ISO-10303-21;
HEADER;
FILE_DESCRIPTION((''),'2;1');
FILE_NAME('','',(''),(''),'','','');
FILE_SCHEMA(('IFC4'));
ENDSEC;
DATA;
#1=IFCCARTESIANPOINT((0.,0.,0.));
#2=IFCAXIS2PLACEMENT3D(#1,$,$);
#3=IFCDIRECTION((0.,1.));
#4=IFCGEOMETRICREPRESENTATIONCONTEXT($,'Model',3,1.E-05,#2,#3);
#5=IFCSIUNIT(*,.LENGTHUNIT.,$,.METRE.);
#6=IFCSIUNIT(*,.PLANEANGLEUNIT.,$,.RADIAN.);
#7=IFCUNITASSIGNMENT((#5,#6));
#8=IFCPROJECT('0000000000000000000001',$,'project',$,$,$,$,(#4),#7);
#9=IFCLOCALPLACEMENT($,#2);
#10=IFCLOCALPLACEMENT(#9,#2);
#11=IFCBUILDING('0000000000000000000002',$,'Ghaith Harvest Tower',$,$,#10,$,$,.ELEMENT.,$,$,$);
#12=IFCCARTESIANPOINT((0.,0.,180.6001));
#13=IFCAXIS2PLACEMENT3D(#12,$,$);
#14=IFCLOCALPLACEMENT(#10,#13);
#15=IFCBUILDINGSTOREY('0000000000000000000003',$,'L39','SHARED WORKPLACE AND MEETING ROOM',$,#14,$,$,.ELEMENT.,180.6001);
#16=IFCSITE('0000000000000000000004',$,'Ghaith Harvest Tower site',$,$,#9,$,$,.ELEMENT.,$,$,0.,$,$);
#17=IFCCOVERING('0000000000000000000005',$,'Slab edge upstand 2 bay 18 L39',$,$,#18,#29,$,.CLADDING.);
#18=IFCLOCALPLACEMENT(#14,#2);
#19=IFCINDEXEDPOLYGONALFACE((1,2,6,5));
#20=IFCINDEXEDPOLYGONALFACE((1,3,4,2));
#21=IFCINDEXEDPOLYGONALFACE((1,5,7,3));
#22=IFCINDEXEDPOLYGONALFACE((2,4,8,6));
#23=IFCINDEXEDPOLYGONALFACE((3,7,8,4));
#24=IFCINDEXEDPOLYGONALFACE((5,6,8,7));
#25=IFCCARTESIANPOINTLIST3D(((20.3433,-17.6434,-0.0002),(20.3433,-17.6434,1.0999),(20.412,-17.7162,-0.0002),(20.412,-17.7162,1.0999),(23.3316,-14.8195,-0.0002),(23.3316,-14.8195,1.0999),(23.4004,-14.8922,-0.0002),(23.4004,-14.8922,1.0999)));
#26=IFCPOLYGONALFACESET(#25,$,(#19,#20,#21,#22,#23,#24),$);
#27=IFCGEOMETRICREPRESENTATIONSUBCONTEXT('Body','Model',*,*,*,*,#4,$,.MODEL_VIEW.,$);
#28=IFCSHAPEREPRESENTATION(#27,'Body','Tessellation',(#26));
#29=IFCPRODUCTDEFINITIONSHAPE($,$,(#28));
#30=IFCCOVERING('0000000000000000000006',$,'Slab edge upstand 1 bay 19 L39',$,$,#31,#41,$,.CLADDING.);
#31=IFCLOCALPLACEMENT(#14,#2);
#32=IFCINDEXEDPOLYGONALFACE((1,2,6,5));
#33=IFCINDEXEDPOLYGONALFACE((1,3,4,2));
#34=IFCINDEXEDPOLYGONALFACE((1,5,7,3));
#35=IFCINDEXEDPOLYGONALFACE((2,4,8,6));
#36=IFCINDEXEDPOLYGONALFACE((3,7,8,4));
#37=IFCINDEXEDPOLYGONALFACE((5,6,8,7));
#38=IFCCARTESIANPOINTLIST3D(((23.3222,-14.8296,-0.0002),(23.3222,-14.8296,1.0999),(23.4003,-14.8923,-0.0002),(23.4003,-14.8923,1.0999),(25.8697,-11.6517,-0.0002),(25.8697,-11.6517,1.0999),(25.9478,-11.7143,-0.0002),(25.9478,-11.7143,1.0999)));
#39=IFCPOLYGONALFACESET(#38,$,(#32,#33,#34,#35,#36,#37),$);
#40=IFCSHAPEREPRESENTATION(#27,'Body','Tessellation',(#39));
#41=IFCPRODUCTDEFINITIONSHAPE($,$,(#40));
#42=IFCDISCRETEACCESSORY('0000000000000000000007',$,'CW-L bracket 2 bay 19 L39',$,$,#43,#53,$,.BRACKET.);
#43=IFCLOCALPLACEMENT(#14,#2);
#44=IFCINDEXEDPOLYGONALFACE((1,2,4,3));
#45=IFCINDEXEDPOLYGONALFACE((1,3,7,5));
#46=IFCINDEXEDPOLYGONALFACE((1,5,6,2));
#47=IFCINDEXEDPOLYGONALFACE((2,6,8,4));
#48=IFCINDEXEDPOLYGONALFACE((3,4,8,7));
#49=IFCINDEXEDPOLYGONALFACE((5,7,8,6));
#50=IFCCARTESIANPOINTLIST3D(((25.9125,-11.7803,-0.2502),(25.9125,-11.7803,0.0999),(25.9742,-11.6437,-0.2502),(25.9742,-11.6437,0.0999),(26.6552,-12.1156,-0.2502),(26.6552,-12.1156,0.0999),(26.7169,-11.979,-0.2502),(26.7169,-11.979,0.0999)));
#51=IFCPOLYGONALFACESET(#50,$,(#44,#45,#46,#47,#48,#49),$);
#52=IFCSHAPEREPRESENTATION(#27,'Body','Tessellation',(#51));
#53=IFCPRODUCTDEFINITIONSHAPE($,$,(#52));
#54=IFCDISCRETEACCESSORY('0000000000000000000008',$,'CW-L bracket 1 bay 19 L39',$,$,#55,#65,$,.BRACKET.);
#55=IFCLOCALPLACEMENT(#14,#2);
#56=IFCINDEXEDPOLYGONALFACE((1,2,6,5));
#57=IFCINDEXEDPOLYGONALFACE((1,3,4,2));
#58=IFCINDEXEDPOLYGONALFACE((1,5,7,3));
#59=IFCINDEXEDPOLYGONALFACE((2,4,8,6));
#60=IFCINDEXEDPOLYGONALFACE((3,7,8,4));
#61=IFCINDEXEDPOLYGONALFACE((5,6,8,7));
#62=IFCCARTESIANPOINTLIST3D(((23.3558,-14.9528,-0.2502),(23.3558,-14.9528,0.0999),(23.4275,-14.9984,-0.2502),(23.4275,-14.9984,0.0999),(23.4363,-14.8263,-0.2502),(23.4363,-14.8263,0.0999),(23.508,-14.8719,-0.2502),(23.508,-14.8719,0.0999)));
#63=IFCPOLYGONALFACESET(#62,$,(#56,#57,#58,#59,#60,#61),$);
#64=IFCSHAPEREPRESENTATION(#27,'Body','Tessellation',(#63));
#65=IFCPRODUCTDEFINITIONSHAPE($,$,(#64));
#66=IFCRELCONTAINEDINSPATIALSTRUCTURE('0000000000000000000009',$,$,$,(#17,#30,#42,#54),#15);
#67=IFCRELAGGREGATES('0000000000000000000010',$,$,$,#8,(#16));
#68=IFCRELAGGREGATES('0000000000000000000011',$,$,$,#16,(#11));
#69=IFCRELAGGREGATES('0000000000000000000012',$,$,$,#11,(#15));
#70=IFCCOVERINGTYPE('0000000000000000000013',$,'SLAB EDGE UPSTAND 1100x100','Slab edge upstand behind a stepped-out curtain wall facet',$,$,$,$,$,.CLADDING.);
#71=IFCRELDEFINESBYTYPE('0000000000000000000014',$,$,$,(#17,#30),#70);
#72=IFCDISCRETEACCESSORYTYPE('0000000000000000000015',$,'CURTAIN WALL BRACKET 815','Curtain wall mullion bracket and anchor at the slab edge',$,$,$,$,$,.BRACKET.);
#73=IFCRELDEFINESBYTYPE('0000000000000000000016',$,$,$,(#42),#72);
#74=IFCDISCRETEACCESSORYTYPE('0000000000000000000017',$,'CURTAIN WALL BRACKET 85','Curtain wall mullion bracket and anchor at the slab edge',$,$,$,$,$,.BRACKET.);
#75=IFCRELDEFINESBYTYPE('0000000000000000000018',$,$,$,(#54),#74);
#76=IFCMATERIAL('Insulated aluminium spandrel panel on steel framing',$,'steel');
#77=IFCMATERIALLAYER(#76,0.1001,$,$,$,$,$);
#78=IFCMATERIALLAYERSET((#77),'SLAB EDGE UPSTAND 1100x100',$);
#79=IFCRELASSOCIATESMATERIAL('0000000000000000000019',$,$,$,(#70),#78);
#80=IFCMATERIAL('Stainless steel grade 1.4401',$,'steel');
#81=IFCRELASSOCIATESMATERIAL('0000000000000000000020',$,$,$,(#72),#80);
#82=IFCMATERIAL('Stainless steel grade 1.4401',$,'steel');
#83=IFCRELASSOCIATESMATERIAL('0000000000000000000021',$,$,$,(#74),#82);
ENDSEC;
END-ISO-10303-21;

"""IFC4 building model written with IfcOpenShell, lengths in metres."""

from ifc_helpers import new_model, si_unit, direction, frame, origin, origin_2d, place, context, subcontext, project, spatial, rectangle, extrude, material, layer, layer_set, type_object, element, save


model = new_model("IFC4")

# Units and contexts
model_context = context("Model", 3, precision=1e-05, world=origin(), true_north=direction((0.0, 1.0)))
body_context = subcontext(model_context, "Body", "Model", "MODEL_VIEW")
ifc_project = project(units=[si_unit("LENGTHUNIT", "METRE"), si_unit("PLANEANGLEUNIT", "RADIAN")], contexts=[model_context])

# Site, building, storey
site_placement = place(None, origin())
site = spatial("IfcSite", under=ifc_project, at=site_placement, Name="Ghaith Harvest Tower site", CompositionType="ELEMENT", RefElevation=0.0)
building_placement = place(site_placement, origin())
building = spatial("IfcBuilding", under=site, at=building_placement, Name="Ghaith Harvest Tower", CompositionType="ELEMENT")
storey_placement = place(building_placement, frame((0.0, 0.0, 180.6001)))
storey = spatial("IfcBuildingStorey", under=building, at=storey_placement, Name="L39", Description="SHARED WORKPLACE AND MEETING ROOM", CompositionType="ELEMENT", Elevation=180.6001)

# Coverings
ifc_material_1 = material(Name="Insulated aluminium spandrel panel on steel framing", Category="steel")
ifc_layer_1 = layer(ifc_material_1, 0.1001)
ifc_layer_set_1 = layer_set([ifc_layer_1], Name="SLAB EDGE UPSTAND 1100x100")
covering_type = type_object("IfcCoveringType", Name="SLAB EDGE UPSTAND 1100x100", Description="Slab edge upstand behind a stepped-out curtain wall facet", PredefinedType="CLADDING", material=ifc_layer_set_1)
covering_1_placement = place(storey_placement, frame((21.8718, -16.2678, -0.0002), z_axis=(0.0, 0.0, 1.0), x_axis=(0.72681, 0.686839, 0.0)))
element("IfcCovering", 1, at=covering_1_placement, inside=storey, type_object=covering_type, Name="Slab edge upstand 2 bay 18 L39", PredefinedType="CLADDING", context=body_context, shape_type="SweptSolid", body=[
    extrude(rectangle(XDim=4.1116, YDim=0.1001, at=origin_2d()), origin(), (0.0, 0.0, 1.0), 1.1001),
])
covering_2_placement = place(storey_placement, frame((24.635, -13.272, -0.0002), z_axis=(0.0, 0.0, 1.0), x_axis=(0.625468, 0.78025, 0.0)))
element("IfcCovering", 2, at=covering_2_placement, inside=storey, type_object=covering_type, Name="Slab edge upstand 1 bay 19 L39", PredefinedType="CLADDING", context=body_context, shape_type="SweptSolid", body=[
    extrude(rectangle(XDim=4.073, YDim=0.1001, at=origin_2d()), origin(), (0.0, 0.0, 1.0), 1.1001),
])

# Discrete accessories
ifc_material_2 = material(Name="Stainless steel grade 1.4401", Category="steel")
discrete_accessory_type_1 = type_object("IfcDiscreteAccessoryType", Name="CURTAIN WALL BRACKET 815", Description="Curtain wall mullion bracket and anchor at the slab edge", PredefinedType="BRACKET", material=ifc_material_2)
discrete_accessory_1_placement = place(storey_placement, frame((26.3147, -11.8796, -0.2502), z_axis=(0.0, 0.0, 1.0), x_axis=(0.911427, -0.411462, 0.0)))
element("IfcDiscreteAccessory", 3, at=discrete_accessory_1_placement, inside=storey, type_object=discrete_accessory_type_1, Name="CW-L bracket 2 bay 19 L39", PredefinedType="BRACKET", context=body_context, shape_type="SweptSolid", body=[
    extrude(rectangle(XDim=0.8149, YDim=0.1499, at=origin_2d()), origin(), (0.0, 0.0, 1.0), 0.3501),
])
ifc_material_3 = material(Name="Stainless steel grade 1.4401", Category="steel")
discrete_accessory_type_2 = type_object("IfcDiscreteAccessoryType", Name="CURTAIN WALL BRACKET 85", Description="Curtain wall mullion bracket and anchor at the slab edge", PredefinedType="BRACKET", material=ifc_material_3)
discrete_accessory_2_placement = place(storey_placement, frame((23.4319, -14.9124, -0.2502), z_axis=(0.0, 0.0, 1.0), x_axis=(0.843644, -0.536903, 0.0)))
element("IfcDiscreteAccessory", 4, at=discrete_accessory_2_placement, inside=storey, type_object=discrete_accessory_type_2, Name="CW-L bracket 1 bay 19 L39", PredefinedType="BRACKET", context=body_context, shape_type="SweptSolid", body=[
    extrude(rectangle(XDim=0.085, YDim=0.1499, at=origin_2d()), origin(), (0.0, 0.0, 1.0), 0.3501),
])

save(model, "model.ifc")
